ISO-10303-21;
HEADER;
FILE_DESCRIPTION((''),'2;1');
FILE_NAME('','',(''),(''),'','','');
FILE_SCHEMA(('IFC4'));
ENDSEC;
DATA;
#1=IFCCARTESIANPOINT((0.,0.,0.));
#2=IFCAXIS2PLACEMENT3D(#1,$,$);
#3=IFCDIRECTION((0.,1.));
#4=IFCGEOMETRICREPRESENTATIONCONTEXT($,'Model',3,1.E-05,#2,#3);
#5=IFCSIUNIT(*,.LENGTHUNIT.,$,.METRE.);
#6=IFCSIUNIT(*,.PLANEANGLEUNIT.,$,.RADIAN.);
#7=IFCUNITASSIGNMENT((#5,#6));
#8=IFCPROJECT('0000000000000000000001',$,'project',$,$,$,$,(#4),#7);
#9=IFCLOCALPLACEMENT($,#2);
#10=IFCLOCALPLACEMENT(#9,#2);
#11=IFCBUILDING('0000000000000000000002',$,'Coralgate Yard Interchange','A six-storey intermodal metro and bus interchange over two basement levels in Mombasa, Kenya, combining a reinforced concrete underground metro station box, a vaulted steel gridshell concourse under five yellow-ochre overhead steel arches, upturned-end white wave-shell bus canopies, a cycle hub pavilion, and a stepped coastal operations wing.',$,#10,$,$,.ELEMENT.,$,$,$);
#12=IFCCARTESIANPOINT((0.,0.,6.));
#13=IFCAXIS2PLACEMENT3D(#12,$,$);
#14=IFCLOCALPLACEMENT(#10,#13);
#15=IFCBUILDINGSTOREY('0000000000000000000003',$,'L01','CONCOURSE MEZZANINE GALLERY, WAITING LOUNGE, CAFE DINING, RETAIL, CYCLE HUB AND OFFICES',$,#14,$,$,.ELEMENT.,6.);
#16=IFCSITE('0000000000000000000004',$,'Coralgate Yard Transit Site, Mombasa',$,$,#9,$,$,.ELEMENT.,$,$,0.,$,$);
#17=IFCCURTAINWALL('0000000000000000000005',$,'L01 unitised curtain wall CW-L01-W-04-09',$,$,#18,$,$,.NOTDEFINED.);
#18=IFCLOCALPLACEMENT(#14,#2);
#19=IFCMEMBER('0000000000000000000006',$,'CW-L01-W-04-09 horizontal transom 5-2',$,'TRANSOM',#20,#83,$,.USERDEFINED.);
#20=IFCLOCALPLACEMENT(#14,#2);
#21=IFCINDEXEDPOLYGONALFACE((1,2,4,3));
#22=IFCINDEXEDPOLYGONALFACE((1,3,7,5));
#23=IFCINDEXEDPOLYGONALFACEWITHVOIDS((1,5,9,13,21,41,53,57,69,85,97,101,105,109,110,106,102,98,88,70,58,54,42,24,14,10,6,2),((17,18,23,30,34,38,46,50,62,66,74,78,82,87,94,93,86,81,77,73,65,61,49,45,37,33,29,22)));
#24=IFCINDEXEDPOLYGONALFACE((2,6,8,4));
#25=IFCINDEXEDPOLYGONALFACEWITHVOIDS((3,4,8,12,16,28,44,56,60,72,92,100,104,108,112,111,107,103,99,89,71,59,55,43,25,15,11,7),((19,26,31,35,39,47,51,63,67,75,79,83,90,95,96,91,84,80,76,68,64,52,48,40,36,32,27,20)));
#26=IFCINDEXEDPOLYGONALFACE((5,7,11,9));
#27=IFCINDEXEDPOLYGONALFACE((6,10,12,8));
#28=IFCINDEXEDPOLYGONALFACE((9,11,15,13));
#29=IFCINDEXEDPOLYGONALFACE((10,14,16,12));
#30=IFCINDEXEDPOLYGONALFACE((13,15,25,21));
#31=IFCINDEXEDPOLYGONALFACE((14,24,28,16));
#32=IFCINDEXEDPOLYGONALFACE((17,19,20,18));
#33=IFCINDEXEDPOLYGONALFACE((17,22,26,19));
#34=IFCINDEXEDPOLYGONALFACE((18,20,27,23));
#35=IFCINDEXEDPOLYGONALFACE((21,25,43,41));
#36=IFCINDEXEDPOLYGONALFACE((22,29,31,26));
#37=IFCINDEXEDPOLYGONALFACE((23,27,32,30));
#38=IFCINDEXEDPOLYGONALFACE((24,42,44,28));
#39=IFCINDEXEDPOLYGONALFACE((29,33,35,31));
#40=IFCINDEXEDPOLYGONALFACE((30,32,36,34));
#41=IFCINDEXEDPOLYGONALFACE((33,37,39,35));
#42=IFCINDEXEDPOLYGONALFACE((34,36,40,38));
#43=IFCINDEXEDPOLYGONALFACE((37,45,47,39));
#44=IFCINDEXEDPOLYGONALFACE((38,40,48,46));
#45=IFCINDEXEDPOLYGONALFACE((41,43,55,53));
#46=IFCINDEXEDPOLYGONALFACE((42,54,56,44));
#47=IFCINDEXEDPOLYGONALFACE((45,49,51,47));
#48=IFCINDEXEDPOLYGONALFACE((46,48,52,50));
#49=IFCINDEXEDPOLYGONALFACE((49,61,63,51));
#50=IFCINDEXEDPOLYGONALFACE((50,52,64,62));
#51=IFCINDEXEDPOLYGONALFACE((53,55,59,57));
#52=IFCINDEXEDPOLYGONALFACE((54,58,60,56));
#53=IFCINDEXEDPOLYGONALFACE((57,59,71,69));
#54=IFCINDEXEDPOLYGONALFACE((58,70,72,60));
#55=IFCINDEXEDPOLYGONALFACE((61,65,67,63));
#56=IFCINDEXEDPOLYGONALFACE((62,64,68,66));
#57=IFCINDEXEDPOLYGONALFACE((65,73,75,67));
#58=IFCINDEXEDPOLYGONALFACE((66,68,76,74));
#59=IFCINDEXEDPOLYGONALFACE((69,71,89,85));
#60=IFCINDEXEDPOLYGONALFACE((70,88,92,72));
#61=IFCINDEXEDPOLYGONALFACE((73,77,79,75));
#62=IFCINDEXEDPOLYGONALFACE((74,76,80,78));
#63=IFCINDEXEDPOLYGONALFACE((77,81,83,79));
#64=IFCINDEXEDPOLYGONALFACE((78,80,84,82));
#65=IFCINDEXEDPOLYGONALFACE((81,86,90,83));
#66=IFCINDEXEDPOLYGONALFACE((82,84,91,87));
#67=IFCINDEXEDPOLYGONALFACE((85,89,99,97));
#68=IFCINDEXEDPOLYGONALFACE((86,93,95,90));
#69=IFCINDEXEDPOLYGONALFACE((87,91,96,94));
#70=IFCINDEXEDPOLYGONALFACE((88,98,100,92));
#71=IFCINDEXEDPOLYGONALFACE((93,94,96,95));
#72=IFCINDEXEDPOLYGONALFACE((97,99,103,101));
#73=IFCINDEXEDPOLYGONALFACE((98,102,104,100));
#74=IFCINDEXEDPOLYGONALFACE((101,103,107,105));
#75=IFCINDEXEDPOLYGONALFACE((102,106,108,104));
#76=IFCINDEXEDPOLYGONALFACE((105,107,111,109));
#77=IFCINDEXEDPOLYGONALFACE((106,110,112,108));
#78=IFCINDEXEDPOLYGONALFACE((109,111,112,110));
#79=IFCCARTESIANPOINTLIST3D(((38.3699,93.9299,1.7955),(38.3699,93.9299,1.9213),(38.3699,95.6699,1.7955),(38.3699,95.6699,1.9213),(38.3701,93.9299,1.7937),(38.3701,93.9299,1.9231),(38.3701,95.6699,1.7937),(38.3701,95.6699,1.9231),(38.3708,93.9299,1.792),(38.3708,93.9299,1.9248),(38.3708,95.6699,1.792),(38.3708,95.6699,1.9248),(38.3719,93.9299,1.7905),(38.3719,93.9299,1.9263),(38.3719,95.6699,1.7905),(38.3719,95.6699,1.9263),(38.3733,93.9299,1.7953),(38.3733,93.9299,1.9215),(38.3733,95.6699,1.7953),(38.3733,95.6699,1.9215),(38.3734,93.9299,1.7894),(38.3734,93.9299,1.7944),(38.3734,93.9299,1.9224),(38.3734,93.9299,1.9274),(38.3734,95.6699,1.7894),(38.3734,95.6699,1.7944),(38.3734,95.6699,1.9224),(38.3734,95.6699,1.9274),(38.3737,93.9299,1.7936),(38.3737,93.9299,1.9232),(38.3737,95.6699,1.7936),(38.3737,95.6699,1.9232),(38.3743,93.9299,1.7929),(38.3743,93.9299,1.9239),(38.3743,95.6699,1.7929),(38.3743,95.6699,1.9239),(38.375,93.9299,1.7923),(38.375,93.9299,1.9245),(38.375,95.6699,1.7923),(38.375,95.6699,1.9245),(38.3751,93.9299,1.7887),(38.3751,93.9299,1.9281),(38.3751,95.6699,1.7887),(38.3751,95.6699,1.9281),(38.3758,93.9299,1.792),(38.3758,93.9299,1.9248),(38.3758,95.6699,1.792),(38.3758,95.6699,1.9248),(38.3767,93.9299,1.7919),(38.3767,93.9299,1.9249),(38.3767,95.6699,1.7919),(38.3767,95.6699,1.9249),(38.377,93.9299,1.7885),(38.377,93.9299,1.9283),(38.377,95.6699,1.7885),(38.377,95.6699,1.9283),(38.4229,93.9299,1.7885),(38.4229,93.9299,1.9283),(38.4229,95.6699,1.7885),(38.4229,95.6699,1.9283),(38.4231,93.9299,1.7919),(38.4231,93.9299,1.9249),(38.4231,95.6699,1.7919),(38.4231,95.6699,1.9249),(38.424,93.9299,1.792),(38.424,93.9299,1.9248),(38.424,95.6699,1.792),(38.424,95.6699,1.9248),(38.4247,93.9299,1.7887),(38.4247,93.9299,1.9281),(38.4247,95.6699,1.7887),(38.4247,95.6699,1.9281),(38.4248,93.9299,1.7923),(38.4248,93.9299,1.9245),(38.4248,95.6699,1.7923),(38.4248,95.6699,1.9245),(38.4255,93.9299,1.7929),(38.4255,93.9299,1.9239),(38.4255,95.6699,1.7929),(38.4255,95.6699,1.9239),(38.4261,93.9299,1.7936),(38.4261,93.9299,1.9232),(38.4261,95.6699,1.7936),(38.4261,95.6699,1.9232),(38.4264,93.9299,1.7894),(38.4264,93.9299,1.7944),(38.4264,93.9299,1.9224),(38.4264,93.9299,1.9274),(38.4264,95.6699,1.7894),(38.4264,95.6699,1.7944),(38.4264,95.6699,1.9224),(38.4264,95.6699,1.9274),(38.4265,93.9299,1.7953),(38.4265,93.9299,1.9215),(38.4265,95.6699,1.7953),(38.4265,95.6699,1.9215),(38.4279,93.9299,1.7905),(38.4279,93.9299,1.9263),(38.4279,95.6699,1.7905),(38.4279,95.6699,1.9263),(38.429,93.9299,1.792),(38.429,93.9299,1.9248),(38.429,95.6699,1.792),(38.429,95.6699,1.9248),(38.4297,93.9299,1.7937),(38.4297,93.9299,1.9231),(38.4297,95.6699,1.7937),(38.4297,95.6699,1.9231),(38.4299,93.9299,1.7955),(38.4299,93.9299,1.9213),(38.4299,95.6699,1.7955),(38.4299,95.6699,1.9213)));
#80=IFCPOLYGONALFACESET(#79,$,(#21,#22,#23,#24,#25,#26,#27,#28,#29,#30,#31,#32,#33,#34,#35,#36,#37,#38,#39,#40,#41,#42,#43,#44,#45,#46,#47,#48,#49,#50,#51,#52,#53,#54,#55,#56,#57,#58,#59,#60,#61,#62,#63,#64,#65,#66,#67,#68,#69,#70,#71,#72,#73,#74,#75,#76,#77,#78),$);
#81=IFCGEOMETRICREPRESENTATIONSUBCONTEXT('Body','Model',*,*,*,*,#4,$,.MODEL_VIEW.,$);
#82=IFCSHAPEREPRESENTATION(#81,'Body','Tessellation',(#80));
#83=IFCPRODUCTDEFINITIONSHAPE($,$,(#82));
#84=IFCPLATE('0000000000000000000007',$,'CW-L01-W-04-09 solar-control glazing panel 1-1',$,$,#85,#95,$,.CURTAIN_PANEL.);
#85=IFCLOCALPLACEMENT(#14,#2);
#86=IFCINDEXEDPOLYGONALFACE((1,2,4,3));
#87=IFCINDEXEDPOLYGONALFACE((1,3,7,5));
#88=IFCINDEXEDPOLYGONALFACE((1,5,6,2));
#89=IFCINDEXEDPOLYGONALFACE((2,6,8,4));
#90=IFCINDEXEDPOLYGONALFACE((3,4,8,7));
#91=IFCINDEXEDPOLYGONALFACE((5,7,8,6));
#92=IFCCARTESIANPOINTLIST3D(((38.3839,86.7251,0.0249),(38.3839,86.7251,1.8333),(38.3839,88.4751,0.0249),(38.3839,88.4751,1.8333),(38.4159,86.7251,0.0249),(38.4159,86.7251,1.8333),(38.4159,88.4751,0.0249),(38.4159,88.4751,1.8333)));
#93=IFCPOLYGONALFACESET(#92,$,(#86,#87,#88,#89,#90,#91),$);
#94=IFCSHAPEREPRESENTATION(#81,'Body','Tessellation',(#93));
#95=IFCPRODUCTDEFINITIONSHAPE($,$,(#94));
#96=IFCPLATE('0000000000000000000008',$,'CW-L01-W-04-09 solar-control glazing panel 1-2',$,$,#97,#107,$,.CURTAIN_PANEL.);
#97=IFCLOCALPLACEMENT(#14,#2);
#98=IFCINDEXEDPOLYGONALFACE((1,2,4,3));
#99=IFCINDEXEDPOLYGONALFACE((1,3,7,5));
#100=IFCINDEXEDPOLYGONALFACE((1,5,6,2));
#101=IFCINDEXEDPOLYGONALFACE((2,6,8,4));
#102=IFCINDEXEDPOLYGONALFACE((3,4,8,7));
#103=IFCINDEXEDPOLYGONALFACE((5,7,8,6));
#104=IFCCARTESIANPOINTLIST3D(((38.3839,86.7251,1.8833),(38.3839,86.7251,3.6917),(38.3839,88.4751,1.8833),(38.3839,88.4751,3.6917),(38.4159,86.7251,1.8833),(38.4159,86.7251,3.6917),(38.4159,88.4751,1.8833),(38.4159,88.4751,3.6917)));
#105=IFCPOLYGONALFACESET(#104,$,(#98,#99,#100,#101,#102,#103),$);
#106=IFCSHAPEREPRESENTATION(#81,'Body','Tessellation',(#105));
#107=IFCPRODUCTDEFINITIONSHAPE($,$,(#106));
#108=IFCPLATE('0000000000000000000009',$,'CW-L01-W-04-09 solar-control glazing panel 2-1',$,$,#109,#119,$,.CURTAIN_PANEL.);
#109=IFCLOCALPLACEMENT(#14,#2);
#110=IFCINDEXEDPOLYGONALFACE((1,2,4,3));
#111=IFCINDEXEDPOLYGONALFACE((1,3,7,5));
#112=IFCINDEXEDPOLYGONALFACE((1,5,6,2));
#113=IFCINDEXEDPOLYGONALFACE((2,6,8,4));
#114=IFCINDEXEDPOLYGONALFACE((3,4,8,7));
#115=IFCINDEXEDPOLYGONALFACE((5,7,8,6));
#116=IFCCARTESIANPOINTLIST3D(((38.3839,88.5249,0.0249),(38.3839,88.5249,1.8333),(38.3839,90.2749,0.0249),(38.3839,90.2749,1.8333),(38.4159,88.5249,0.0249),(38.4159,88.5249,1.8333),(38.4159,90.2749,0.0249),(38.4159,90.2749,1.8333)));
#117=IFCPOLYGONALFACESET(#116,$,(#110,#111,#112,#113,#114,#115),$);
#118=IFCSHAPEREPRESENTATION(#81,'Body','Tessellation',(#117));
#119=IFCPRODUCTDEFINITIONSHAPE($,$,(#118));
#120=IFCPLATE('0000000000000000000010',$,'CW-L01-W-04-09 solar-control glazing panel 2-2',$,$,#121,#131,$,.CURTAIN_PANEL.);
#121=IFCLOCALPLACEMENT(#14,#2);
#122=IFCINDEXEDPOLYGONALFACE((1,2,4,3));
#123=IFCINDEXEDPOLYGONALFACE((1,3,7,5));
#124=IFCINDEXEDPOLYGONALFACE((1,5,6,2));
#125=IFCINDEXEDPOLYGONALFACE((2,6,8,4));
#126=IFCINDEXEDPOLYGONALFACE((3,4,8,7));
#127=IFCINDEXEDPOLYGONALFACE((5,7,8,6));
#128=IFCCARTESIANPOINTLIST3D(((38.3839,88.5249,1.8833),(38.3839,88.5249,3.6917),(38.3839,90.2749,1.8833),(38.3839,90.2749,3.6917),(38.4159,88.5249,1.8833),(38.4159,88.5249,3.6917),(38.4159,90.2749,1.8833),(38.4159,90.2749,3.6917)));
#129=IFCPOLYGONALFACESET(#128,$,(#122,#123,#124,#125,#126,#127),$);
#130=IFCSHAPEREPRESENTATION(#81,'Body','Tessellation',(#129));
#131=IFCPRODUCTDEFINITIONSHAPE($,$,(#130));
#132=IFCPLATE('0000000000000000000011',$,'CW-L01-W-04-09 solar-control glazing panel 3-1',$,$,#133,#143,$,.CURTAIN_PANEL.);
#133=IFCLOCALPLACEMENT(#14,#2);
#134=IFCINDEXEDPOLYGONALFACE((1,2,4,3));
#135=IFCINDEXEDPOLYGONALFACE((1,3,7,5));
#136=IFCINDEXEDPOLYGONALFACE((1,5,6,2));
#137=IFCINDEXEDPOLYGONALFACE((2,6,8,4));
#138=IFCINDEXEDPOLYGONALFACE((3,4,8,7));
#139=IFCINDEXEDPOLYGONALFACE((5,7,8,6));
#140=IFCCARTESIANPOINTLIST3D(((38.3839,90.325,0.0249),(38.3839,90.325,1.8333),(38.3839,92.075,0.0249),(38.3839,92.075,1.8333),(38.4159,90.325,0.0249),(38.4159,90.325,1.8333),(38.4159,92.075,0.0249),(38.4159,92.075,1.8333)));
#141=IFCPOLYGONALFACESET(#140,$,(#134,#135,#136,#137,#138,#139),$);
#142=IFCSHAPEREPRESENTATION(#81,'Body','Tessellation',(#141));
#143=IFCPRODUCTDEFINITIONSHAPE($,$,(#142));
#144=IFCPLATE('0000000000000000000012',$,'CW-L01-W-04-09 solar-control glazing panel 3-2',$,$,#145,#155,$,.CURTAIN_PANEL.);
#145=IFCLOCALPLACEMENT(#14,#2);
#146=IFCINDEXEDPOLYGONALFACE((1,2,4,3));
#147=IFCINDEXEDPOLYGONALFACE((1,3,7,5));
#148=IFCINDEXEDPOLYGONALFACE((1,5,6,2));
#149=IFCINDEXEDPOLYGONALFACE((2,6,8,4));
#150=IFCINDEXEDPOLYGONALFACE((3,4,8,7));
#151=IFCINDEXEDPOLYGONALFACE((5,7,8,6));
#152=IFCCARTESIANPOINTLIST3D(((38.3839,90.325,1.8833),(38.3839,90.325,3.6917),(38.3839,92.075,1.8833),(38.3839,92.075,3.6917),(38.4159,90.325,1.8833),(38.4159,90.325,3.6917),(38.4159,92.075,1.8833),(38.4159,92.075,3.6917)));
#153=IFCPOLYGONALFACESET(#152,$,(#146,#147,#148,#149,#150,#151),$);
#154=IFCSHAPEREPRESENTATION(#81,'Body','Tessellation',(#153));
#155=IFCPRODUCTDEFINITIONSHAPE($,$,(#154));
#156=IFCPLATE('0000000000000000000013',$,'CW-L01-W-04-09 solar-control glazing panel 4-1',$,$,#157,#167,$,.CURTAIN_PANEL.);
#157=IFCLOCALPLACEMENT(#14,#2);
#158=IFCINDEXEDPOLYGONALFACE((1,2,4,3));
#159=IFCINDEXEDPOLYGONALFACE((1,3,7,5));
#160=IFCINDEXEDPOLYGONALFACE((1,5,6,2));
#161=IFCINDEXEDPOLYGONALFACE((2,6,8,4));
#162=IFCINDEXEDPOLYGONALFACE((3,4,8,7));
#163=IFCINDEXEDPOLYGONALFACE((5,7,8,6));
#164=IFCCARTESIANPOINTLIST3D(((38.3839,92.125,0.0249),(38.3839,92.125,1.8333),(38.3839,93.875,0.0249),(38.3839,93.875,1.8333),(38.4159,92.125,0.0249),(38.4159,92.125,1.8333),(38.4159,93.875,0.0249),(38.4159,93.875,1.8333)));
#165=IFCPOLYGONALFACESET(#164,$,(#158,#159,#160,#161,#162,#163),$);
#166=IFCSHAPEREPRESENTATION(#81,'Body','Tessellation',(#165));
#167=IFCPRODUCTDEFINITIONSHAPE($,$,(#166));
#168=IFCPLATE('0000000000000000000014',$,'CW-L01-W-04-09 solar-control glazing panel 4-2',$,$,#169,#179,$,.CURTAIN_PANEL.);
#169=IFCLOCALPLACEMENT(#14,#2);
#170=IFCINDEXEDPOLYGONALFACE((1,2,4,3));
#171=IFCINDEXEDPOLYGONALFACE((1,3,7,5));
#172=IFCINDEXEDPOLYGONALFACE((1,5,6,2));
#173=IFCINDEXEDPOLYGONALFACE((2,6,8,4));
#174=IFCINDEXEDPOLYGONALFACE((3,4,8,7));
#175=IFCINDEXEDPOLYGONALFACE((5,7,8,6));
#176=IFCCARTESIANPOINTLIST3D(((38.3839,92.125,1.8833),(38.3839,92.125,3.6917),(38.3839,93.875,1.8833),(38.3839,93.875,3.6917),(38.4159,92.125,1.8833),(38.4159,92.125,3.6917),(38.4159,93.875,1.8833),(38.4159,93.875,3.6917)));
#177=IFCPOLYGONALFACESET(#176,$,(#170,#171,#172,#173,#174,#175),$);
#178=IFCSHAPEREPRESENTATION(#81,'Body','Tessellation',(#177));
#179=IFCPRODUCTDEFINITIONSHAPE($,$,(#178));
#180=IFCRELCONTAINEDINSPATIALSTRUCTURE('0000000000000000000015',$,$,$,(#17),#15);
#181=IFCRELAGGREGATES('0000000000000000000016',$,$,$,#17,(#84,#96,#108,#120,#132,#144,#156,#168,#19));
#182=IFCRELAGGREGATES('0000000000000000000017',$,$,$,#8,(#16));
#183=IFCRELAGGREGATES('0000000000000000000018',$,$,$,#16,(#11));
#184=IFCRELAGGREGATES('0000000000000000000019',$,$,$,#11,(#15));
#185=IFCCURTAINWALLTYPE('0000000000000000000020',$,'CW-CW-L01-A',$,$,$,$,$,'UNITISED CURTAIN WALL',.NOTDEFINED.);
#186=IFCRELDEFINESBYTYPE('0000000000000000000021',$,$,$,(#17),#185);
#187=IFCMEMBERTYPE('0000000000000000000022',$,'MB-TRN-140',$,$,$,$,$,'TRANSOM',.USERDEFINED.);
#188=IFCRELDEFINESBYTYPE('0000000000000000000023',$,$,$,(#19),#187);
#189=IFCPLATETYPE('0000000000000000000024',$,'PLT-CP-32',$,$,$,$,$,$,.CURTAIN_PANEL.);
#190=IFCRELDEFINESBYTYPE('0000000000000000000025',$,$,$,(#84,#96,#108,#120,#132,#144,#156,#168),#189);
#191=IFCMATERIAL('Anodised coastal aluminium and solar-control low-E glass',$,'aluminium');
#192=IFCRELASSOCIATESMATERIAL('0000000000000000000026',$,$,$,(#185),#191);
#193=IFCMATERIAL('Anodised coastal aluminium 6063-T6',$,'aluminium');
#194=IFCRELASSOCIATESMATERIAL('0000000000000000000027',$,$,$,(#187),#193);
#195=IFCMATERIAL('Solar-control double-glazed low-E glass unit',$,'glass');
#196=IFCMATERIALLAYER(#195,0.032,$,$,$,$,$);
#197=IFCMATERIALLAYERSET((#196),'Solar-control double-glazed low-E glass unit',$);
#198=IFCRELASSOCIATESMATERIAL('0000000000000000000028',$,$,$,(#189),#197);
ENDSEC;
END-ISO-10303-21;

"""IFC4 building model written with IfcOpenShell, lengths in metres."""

from ifc_helpers import new_model, si_unit, direction, frame, origin, origin_2d, place, context, subcontext, project, spatial, rectangle, hollow_rectangle, extrude, material, layer, layer_set, material_profile, profile_set, type_object, element, aggregate, save


model = new_model("IFC4")

# Units and contexts
model_context = context("Model", 3, precision=1e-05, world=origin(), true_north=direction((0.0, 1.0)))
body_context = subcontext(model_context, "Body", "Model", "MODEL_VIEW")
ifc_project = project(units=[si_unit("LENGTHUNIT", "METRE"), si_unit("PLANEANGLEUNIT", "RADIAN")], contexts=[model_context])

# Site, building, storey
site_placement = place(None, origin())
site = spatial("IfcSite", under=ifc_project, at=site_placement, Name="Coralgate Yard Transit Site, Mombasa", CompositionType="ELEMENT", RefElevation=0.0)
building_placement = place(site_placement, origin())
building = spatial("IfcBuilding", under=site, at=building_placement, Name="Coralgate Yard Interchange", Description="A six-storey intermodal metro and bus interchange over two basement levels in Mombasa, Kenya, combining a reinforced concrete underground metro station box, a vaulted steel gridshell concourse under five yellow-ochre overhead steel arches, upturned-end white wave-shell bus canopies, a cycle hub pavilion, and a stepped coastal operations wing.", CompositionType="ELEMENT")
storey_placement = place(building_placement, frame((0.0, 0.0, 6.0)))
storey = spatial("IfcBuildingStorey", under=building, at=storey_placement, Name="L01", Description="CONCOURSE MEZZANINE GALLERY, WAITING LOUNGE, CAFE DINING, RETAIL, CYCLE HUB AND OFFICES", CompositionType="ELEMENT", Elevation=6.0)

# Curtain wall, member, plates
ifc_material_1 = material(Name="Anodised coastal aluminium and solar-control low-E glass", Category="aluminium")
curtain_wall_type = type_object("IfcCurtainWallType", Name="CW-CW-L01-A", ElementType="UNITISED CURTAIN WALL", PredefinedType="NOTDEFINED", material=ifc_material_1)
curtain_wall_placement = place(storey_placement, origin())
curtain_wall = element("IfcCurtainWall", 1, at=curtain_wall_placement, inside=storey, type_object=curtain_wall_type, Name="L01 unitised curtain wall CW-L01-W-04-09", PredefinedType="NOTDEFINED")
ifc_material_2 = material(Name="Anodised coastal aluminium 6063-T6", Category="aluminium")
ifc_material_profile_1 = material_profile(ifc_material_2, hollow_rectangle(XDim=0.0601, YDim=0.1399, WallThickness=0.0034, InnerFilletRadius=0.0034, OuterFilletRadius=0.0071, at=origin_2d()), Name="ALU 60x140x3.5")
ifc_profile_set_1 = profile_set([ifc_material_profile_1], Name="Anodised coastal aluminium 6063-T6")
member_type_1 = type_object("IfcMemberType", Name="MB-TRN-140", ElementType="TRANSOM", PredefinedType="USERDEFINED", material=ifc_profile_set_1)
member_1_placement = place(storey_placement, frame((38.3999, 93.9299, 1.8584), z_axis=(0.0, 1.0, 0.0), x_axis=(-1.0, 0.0, 0.0)))
member_1 = element("IfcMember", 2, at=member_1_placement, type_object=member_type_1, Name="CW-L01-W-04-09 horizontal transom 5-2", ObjectType="TRANSOM", PredefinedType="USERDEFINED", context=body_context, shape_type="SweptSolid", body=[
    extrude(hollow_rectangle(XDim=0.0601, YDim=0.1399, WallThickness=0.0034, InnerFilletRadius=0.0034, OuterFilletRadius=0.0071, at=origin_2d()), origin(), (0.0, 0.0, 1.0), 1.74),
])
ifc_material_3 = material(Name="Solar-control double-glazed low-E glass unit", Category="glass")
ifc_layer = layer(ifc_material_3, 0.032)
ifc_layer_set = layer_set([ifc_layer], Name="Solar-control double-glazed low-E glass unit")
plate_type = type_object("IfcPlateType", Name="PLT-CP-32", PredefinedType="CURTAIN_PANEL", material=ifc_layer_set)
plate_1_placement = place(storey_placement, frame((38.3999, 87.6001, 0.0249), z_axis=(0.0, 0.0, 1.0), x_axis=(0.0, 1.0, 0.0)))
plate_1 = element("IfcPlate", 3, at=plate_1_placement, type_object=plate_type, Name="CW-L01-W-04-09 solar-control glazing panel 1-1", PredefinedType="CURTAIN_PANEL", context=body_context, shape_type="SweptSolid", body=[
    extrude(rectangle(XDim=1.75, YDim=0.032, at=origin_2d()), origin(), (0.0, 0.0, 1.0), 1.8083),
])
plate_2_placement = place(storey_placement, frame((38.3999, 87.6001, 1.8833), z_axis=(0.0, 0.0, 1.0), x_axis=(0.0, 1.0, 0.0)))
plate_2 = element("IfcPlate", 4, at=plate_2_placement, type_object=plate_type, Name="CW-L01-W-04-09 solar-control glazing panel 1-2", PredefinedType="CURTAIN_PANEL", context=body_context, shape_type="SweptSolid", body=[
    extrude(rectangle(XDim=1.75, YDim=0.032, at=origin_2d()), origin(), (0.0, 0.0, 1.0), 1.8083),
])
plate_3_placement = place(storey_placement, frame((38.3999, 89.3999, 0.0249), z_axis=(0.0, 0.0, 1.0), x_axis=(0.0, 1.0, 0.0)))
plate_3 = element("IfcPlate", 5, at=plate_3_placement, type_object=plate_type, Name="CW-L01-W-04-09 solar-control glazing panel 2-1", PredefinedType="CURTAIN_PANEL", context=body_context, shape_type="SweptSolid", body=[
    extrude(rectangle(XDim=1.75, YDim=0.032, at=origin_2d()), origin(), (0.0, 0.0, 1.0), 1.8083),
])
plate_4_placement = place(storey_placement, frame((38.3999, 89.3999, 1.8833), z_axis=(0.0, 0.0, 1.0), x_axis=(0.0, 1.0, 0.0)))
plate_4 = element("IfcPlate", 6, at=plate_4_placement, type_object=plate_type, Name="CW-L01-W-04-09 solar-control glazing panel 2-2", PredefinedType="CURTAIN_PANEL", context=body_context, shape_type="SweptSolid", body=[
    extrude(rectangle(XDim=1.75, YDim=0.032, at=origin_2d()), origin(), (0.0, 0.0, 1.0), 1.8083),
])
plate_5_placement = place(storey_placement, frame((38.3999, 91.2, 0.0249), z_axis=(0.0, 0.0, 1.0), x_axis=(0.0, 1.0, 0.0)))
plate_5 = element("IfcPlate", 7, at=plate_5_placement, type_object=plate_type, Name="CW-L01-W-04-09 solar-control glazing panel 3-1", PredefinedType="CURTAIN_PANEL", context=body_context, shape_type="SweptSolid", body=[
    extrude(rectangle(XDim=1.75, YDim=0.032, at=origin_2d()), origin(), (0.0, 0.0, 1.0), 1.8083),
])
plate_6_placement = place(storey_placement, frame((38.3999, 91.2, 1.8833), z_axis=(0.0, 0.0, 1.0), x_axis=(0.0, 1.0, 0.0)))
plate_6 = element("IfcPlate", 8, at=plate_6_placement, type_object=plate_type, Name="CW-L01-W-04-09 solar-control glazing panel 3-2", PredefinedType="CURTAIN_PANEL", context=body_context, shape_type="SweptSolid", body=[
    extrude(rectangle(XDim=1.75, YDim=0.032, at=origin_2d()), origin(), (0.0, 0.0, 1.0), 1.8083),
])
plate_7_placement = place(storey_placement, frame((38.3999, 93.0, 0.0249), z_axis=(0.0, 0.0, 1.0), x_axis=(0.0, 1.0, 0.0)))
plate_7 = element("IfcPlate", 9, at=plate_7_placement, type_object=plate_type, Name="CW-L01-W-04-09 solar-control glazing panel 4-1", PredefinedType="CURTAIN_PANEL", context=body_context, shape_type="SweptSolid", body=[
    extrude(rectangle(XDim=1.75, YDim=0.032, at=origin_2d()), origin(), (0.0, 0.0, 1.0), 1.8083),
])
plate_8_placement = place(storey_placement, frame((38.3999, 93.0, 1.8833), z_axis=(0.0, 0.0, 1.0), x_axis=(0.0, 1.0, 0.0)))
plate_8 = element("IfcPlate", 10, at=plate_8_placement, type_object=plate_type, Name="CW-L01-W-04-09 solar-control glazing panel 4-2", PredefinedType="CURTAIN_PANEL", context=body_context, shape_type="SweptSolid", body=[
    extrude(rectangle(XDim=1.75, YDim=0.032, at=origin_2d()), origin(), (0.0, 0.0, 1.0), 1.8083),
])
aggregate(curtain_wall, [plate_1, plate_2, plate_3, plate_4, plate_5, plate_6, plate_7, plate_8, member_1])

save(model, "model.ifc")
